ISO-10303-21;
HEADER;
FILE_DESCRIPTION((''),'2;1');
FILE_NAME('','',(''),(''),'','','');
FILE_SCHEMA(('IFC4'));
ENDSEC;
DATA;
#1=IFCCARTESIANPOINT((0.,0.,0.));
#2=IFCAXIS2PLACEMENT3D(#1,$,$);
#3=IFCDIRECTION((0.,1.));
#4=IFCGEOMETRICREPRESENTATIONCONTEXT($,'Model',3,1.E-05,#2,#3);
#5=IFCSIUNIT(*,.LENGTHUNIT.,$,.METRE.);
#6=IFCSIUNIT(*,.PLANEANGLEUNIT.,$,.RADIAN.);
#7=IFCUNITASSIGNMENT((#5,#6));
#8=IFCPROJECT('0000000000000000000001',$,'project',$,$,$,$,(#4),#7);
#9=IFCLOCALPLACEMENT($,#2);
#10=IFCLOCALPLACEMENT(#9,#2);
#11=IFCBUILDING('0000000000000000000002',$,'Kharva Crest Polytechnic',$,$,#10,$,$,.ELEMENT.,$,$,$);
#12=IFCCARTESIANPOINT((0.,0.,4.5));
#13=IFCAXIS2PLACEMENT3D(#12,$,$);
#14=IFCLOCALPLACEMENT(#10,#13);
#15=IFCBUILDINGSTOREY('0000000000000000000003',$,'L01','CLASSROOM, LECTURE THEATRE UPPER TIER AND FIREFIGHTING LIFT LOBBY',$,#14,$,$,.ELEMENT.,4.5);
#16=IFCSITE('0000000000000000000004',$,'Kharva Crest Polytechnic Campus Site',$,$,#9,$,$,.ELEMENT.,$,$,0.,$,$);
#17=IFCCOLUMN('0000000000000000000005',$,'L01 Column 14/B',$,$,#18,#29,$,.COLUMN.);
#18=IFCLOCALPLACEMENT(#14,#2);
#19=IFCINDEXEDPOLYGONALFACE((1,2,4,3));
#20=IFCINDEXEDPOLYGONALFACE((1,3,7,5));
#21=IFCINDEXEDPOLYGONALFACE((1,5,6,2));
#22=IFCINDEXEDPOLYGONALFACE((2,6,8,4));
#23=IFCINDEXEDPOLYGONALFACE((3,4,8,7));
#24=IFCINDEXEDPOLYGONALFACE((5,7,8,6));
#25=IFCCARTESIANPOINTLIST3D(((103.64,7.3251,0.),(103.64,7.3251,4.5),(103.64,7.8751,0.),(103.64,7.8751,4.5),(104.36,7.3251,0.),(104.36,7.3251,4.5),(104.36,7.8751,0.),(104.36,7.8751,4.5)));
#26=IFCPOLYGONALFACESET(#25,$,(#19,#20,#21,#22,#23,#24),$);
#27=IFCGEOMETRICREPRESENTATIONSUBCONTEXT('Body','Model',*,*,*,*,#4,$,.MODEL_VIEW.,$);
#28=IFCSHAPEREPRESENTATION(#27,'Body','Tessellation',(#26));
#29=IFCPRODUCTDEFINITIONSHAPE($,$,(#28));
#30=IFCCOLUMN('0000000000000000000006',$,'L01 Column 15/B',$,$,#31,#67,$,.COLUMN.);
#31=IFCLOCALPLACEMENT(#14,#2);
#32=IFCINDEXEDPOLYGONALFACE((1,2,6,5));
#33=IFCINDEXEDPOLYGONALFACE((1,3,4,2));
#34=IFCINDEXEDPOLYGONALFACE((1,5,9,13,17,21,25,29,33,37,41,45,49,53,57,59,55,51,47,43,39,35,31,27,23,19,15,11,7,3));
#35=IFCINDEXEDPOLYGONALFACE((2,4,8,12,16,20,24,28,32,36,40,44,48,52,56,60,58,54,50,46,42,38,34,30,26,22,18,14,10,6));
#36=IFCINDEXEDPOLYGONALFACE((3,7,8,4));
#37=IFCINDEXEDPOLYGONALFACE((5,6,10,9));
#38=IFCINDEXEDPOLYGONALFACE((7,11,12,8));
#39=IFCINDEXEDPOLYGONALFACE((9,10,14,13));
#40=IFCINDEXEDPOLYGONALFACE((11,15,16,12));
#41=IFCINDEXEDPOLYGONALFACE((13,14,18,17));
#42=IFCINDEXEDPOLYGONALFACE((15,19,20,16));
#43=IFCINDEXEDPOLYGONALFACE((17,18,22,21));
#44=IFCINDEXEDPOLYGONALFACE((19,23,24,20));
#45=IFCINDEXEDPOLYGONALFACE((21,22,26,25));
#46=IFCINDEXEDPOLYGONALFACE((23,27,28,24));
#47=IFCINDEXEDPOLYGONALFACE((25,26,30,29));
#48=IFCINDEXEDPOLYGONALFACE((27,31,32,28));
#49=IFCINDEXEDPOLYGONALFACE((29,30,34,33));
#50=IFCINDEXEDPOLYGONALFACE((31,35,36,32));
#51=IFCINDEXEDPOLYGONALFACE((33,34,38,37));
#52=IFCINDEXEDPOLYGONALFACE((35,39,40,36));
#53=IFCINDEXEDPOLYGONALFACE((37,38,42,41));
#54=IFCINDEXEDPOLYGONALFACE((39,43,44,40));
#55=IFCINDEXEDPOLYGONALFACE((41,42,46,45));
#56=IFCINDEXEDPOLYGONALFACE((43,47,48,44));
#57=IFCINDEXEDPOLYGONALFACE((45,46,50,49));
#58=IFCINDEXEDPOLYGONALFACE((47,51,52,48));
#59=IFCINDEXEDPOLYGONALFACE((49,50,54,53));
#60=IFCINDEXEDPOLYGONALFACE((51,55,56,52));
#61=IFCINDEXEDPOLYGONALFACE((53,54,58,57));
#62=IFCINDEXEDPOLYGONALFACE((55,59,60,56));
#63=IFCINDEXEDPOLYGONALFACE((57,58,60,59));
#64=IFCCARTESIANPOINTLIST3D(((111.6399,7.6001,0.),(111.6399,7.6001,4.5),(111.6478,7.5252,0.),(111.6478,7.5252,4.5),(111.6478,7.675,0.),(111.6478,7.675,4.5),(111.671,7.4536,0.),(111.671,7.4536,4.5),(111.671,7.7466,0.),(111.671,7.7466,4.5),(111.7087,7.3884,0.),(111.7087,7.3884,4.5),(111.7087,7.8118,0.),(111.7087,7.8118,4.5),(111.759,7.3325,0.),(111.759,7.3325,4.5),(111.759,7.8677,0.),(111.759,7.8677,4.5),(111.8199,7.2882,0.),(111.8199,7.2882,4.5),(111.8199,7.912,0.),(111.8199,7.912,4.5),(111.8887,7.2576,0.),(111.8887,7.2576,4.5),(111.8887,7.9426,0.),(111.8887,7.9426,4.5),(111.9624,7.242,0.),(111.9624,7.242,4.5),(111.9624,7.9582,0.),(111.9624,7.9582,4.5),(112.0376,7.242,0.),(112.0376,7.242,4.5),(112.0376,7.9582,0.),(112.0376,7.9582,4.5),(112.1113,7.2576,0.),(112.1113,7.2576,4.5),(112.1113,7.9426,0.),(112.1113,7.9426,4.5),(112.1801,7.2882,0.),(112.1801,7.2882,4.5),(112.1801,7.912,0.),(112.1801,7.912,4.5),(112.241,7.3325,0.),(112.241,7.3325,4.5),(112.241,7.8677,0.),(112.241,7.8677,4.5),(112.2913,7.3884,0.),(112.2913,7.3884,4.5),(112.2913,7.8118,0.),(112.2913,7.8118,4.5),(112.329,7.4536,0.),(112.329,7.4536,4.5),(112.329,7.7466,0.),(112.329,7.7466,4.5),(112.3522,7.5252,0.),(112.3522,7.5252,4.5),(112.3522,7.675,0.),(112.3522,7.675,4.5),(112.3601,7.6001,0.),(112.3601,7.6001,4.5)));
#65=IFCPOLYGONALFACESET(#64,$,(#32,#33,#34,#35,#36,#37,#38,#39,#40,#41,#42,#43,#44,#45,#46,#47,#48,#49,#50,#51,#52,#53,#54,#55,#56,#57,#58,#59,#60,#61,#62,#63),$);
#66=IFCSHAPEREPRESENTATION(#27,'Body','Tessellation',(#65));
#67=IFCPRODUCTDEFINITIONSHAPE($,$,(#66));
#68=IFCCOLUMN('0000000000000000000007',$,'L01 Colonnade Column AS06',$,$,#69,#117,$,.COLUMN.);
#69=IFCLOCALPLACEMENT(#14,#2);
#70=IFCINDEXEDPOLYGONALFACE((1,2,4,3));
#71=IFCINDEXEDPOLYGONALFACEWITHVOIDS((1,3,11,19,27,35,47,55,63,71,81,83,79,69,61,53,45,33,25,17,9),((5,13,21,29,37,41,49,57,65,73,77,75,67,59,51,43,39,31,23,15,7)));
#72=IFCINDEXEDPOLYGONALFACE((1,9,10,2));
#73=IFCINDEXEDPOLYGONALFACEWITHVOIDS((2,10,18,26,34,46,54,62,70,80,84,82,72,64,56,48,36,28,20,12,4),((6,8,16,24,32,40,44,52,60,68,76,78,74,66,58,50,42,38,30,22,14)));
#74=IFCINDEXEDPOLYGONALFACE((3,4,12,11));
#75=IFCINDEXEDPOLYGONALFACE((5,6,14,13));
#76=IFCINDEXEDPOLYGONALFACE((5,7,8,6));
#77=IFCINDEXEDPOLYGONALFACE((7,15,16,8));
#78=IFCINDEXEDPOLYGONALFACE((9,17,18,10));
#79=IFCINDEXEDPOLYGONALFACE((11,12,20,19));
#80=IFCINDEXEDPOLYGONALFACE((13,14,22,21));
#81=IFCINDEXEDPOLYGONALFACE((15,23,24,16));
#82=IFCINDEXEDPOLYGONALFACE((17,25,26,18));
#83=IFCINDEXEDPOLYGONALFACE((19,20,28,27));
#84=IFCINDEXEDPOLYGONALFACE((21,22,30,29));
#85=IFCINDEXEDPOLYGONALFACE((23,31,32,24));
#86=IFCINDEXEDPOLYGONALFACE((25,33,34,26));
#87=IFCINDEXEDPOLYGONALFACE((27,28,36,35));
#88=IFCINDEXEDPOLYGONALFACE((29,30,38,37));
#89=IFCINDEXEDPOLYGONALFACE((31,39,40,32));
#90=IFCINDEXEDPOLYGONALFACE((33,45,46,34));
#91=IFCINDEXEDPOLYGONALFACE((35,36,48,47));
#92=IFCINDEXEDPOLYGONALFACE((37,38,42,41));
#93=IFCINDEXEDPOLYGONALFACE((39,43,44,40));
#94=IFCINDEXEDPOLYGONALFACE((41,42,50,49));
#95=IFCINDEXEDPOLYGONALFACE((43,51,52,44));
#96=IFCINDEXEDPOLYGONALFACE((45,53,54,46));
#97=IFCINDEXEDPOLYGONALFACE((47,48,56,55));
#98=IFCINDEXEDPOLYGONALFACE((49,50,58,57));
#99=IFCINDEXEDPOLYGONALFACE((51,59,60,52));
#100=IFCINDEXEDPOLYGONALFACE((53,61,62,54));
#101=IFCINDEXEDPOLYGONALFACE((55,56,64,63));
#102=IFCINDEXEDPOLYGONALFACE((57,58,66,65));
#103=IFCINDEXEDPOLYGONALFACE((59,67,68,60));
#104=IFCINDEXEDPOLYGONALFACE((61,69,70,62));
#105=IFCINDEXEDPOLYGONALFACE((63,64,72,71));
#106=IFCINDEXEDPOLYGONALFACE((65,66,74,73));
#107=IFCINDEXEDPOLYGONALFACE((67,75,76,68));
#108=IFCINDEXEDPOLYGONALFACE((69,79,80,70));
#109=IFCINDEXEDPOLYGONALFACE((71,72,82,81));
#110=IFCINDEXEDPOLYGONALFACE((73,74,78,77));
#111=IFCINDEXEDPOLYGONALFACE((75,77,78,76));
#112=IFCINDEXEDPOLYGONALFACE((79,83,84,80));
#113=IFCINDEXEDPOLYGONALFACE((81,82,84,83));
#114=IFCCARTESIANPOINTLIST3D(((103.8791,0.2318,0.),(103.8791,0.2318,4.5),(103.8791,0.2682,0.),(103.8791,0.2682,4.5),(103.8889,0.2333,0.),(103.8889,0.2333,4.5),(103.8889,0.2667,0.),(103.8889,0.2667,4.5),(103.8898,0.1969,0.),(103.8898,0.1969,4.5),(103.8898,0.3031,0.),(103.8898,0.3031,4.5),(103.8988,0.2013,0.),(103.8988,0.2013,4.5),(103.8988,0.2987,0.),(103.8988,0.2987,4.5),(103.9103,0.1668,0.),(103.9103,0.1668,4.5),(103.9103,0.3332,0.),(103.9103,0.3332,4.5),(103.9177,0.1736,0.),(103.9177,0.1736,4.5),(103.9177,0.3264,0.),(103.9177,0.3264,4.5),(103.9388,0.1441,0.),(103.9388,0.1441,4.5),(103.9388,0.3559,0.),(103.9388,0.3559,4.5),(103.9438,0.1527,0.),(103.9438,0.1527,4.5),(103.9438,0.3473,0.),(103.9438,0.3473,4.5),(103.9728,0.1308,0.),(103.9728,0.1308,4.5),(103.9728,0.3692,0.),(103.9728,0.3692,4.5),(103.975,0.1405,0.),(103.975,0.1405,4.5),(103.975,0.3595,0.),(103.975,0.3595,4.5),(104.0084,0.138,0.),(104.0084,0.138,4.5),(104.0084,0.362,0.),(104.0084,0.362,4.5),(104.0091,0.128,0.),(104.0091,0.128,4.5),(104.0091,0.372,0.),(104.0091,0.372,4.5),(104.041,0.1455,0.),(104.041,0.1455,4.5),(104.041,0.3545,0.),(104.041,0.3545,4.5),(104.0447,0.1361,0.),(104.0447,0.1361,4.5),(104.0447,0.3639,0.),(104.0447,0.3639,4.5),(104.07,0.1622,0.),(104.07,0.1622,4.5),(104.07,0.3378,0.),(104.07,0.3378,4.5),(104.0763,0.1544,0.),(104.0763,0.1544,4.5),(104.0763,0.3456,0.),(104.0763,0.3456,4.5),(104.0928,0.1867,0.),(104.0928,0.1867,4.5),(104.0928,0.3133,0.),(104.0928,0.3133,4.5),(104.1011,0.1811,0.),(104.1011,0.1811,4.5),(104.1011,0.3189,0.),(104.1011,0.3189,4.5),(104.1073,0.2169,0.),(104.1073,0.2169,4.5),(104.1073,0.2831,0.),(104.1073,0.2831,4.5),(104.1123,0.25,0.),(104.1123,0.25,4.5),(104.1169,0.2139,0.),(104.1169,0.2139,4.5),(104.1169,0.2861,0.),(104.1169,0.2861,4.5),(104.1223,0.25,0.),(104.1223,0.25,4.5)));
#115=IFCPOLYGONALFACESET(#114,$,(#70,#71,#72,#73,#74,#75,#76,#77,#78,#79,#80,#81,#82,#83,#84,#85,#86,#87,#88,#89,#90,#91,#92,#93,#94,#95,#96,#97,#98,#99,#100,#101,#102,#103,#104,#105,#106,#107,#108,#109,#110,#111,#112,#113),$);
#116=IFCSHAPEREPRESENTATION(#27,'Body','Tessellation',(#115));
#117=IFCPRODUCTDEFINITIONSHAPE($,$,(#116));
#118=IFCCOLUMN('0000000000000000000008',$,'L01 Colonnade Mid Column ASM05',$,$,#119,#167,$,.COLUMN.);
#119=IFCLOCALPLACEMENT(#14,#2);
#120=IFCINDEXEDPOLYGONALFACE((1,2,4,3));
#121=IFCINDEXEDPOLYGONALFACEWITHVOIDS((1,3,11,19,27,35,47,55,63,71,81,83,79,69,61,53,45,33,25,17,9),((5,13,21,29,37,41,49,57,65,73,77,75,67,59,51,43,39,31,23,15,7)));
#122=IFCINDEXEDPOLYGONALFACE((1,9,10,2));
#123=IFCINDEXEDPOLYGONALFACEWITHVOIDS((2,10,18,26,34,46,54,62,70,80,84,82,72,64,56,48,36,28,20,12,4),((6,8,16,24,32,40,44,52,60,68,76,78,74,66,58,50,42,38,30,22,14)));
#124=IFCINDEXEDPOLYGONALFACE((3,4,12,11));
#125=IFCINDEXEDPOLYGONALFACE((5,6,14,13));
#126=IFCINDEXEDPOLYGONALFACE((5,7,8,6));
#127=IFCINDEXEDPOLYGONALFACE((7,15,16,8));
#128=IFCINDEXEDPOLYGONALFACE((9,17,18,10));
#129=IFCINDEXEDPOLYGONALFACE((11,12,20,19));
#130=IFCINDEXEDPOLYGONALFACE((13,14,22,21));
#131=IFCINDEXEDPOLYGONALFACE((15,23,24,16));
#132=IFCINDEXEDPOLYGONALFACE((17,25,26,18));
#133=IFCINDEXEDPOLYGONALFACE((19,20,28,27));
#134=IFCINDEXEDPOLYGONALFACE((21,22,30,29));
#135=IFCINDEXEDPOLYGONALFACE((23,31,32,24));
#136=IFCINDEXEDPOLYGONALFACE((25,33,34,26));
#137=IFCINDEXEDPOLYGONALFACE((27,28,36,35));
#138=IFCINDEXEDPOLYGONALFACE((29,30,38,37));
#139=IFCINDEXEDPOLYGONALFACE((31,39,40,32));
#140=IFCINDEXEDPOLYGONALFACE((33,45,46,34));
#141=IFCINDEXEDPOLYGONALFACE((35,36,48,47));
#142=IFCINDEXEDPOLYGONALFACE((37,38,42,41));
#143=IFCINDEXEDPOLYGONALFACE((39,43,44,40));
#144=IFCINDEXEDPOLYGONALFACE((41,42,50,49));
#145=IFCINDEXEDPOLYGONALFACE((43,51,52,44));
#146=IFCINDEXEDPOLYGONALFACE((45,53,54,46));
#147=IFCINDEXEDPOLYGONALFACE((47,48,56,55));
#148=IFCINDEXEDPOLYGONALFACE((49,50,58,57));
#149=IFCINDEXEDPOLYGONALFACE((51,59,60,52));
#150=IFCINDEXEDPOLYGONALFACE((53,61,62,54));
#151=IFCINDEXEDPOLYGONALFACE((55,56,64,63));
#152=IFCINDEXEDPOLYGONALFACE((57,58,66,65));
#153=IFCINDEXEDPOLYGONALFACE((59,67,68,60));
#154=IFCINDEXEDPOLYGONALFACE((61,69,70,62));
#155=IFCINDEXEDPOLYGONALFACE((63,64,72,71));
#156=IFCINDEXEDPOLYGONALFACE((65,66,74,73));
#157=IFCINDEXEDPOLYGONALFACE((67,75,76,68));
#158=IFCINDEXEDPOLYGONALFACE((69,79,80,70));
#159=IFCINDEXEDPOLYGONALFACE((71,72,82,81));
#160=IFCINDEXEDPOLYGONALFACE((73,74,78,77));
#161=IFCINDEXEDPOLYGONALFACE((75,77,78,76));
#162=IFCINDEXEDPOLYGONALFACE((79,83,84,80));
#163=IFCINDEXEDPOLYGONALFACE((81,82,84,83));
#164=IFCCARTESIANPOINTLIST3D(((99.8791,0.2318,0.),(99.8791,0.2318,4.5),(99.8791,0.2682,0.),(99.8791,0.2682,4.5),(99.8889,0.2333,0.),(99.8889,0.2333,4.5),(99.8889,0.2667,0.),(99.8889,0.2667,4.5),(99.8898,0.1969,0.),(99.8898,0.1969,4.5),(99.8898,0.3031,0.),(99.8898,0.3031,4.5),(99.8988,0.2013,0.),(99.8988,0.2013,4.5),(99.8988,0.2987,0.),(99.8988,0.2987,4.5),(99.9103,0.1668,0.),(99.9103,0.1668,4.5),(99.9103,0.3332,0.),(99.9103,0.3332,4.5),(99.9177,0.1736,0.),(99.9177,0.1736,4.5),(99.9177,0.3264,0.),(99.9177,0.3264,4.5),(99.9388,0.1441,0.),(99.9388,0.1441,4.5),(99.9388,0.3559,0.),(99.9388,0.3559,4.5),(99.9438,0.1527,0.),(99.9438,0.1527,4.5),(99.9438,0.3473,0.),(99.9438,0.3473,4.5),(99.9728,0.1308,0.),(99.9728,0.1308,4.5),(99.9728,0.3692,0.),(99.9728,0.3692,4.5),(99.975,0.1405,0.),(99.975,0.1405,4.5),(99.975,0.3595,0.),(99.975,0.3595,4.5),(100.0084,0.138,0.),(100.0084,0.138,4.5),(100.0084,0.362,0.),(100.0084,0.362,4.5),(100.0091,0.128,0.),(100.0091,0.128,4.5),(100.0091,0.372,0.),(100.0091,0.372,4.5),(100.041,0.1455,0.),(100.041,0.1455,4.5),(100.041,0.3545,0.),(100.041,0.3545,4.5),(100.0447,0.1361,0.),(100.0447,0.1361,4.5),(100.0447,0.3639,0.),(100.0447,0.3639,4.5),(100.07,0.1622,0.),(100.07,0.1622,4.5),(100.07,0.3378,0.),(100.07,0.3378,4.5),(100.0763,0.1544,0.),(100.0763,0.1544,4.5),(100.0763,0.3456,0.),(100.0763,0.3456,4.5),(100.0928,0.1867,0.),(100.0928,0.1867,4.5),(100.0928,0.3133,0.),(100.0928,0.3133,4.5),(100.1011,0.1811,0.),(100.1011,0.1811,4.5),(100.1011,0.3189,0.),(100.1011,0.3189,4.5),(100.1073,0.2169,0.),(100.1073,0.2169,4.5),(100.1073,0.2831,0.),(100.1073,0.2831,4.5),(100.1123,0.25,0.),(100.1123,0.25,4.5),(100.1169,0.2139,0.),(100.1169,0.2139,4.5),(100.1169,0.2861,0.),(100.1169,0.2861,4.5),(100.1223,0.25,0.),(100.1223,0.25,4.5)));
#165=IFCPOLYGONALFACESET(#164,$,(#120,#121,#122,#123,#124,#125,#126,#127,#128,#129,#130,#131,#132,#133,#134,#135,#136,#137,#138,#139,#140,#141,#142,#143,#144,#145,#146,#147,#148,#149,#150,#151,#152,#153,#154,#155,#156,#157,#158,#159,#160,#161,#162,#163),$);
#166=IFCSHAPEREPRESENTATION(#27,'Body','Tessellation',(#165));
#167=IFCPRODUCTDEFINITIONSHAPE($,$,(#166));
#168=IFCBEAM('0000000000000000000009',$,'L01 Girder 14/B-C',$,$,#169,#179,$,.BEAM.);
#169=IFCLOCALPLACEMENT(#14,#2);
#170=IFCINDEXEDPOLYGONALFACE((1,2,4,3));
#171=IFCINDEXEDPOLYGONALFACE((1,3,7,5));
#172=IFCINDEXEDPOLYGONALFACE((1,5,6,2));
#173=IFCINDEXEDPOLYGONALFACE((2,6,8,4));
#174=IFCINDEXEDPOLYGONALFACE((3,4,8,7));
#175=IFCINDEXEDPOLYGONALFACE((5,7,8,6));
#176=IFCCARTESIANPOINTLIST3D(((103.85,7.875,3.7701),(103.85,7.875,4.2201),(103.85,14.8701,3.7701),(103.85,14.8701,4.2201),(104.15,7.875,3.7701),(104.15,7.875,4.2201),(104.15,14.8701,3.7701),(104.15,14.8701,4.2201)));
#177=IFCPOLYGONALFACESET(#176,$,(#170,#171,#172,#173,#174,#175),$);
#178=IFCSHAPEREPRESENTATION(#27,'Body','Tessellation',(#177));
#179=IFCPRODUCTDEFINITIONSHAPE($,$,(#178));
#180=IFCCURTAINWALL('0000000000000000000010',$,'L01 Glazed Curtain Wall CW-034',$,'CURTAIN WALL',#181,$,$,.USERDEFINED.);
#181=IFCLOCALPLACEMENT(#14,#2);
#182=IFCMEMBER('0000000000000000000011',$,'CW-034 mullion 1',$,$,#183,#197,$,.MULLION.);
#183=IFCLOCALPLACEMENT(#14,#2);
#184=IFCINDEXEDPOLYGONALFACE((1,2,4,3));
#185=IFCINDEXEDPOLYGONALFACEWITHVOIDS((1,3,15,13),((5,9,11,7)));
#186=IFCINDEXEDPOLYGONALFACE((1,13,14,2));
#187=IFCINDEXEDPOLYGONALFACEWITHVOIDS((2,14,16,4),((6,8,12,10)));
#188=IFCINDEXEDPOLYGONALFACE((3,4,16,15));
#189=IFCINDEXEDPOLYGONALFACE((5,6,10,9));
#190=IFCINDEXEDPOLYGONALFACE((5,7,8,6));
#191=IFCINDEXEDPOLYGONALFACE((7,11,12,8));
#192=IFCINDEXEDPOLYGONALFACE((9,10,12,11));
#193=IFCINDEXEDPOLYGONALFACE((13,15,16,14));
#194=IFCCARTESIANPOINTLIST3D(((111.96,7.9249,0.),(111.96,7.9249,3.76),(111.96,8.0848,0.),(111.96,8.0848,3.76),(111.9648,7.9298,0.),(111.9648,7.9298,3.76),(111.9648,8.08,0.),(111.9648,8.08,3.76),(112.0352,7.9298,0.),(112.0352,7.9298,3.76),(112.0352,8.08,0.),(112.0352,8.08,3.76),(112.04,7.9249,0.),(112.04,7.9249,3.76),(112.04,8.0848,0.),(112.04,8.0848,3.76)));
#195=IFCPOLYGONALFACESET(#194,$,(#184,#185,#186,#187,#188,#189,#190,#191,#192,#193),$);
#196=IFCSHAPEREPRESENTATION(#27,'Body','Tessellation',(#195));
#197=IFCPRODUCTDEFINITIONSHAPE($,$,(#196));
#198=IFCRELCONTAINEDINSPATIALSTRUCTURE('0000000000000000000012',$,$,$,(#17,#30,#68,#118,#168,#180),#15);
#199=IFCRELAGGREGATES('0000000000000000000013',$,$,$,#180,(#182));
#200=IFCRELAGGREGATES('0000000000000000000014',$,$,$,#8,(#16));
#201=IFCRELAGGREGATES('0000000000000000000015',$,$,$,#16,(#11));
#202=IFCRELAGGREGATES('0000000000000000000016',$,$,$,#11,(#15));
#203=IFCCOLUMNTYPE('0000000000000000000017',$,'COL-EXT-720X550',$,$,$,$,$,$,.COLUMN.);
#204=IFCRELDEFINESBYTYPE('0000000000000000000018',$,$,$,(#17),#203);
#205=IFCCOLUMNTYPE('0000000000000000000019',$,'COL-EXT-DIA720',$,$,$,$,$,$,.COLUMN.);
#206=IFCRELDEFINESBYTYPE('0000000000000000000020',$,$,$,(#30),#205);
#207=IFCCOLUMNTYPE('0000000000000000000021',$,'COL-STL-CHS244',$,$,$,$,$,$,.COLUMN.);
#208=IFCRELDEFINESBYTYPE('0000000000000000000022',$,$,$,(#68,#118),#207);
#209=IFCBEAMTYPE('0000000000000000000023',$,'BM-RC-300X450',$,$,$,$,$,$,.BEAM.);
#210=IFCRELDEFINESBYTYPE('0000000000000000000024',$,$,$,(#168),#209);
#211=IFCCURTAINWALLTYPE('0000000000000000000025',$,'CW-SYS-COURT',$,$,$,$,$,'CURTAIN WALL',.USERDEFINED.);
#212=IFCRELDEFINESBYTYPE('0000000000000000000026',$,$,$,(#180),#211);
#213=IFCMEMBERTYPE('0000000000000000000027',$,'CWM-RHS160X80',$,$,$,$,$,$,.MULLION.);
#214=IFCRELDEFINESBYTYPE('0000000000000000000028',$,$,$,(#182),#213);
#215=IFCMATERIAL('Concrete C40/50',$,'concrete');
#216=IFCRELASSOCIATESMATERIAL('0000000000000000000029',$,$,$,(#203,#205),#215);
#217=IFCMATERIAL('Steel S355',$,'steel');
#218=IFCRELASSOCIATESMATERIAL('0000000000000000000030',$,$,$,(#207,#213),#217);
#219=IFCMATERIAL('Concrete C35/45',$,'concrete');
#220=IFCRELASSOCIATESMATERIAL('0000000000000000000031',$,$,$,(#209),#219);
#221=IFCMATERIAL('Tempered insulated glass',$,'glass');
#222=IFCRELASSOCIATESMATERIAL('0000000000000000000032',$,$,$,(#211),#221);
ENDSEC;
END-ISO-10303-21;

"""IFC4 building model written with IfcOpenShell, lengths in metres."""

from ifc_helpers import new_model, si_unit, direction, frame, origin, origin_2d, place, context, subcontext, project, spatial, rectangle, hollow_rectangle, circle, hollow_circle, extrude, material, material_profile, profile_set, type_object, element, aggregate, save


model = new_model("IFC4")

# Units and contexts
model_context = context("Model", 3, precision=1e-05, world=origin(), true_north=direction((0.0, 1.0)))
body_context = subcontext(model_context, "Body", "Model", "MODEL_VIEW")
ifc_project = project(units=[si_unit("LENGTHUNIT", "METRE"), si_unit("PLANEANGLEUNIT", "RADIAN")], contexts=[model_context])

# Site, building, storey
site_placement = place(None, origin())
site = spatial("IfcSite", under=ifc_project, at=site_placement, Name="Kharva Crest Polytechnic Campus Site", CompositionType="ELEMENT", RefElevation=0.0)
building_placement = place(site_placement, origin())
building = spatial("IfcBuilding", under=site, at=building_placement, Name="Kharva Crest Polytechnic", CompositionType="ELEMENT")
storey_placement = place(building_placement, frame((0.0, 0.0, 4.5)))
storey = spatial("IfcBuildingStorey", under=building, at=storey_placement, Name="L01", Description="CLASSROOM, LECTURE THEATRE UPPER TIER AND FIREFIGHTING LIFT LOBBY", CompositionType="ELEMENT", Elevation=4.5)

# Columns
ifc_material_1 = material(Name="Concrete C40/50", Category="concrete")
ifc_material_profile_1 = material_profile(ifc_material_1, rectangle(XDim=0.72, YDim=0.55, at=origin_2d()), Name="RECT 720 X 550")
ifc_profile_set_1 = profile_set([ifc_material_profile_1], Name="Concrete C40/50")
column_type_1 = type_object("IfcColumnType", Name="COL-EXT-720X550", PredefinedType="COLUMN", material=ifc_profile_set_1)
column_1_placement = place(storey_placement, frame((104.0, 7.6001, 0.0), z_axis=(0.0, 0.0, 1.0), x_axis=(1.0, 0.0, 0.0)))
element("IfcColumn", 1, at=column_1_placement, inside=storey, type_object=column_type_1, Name="L01 Column 14/B", PredefinedType="COLUMN", context=body_context, shape_type="SweptSolid", body=[
    extrude(rectangle(XDim=0.72, YDim=0.55, at=origin_2d()), origin(), (0.0, 0.0, 1.0), 4.5),
])
ifc_material_profile_2 = material_profile(ifc_material_1, circle(Radius=0.3601, at=origin_2d()), Name="DIA 720")
ifc_profile_set_2 = profile_set([ifc_material_profile_2], Name="Concrete C40/50")
column_type_2 = type_object("IfcColumnType", Name="COL-EXT-DIA720", PredefinedType="COLUMN", material=ifc_profile_set_2)
column_2_placement = place(storey_placement, frame((112.0, 7.6001, 0.0), z_axis=(0.0, 0.0, 1.0), x_axis=(1.0, 0.0, 0.0)))
element("IfcColumn", 2, at=column_2_placement, inside=storey, type_object=column_type_2, Name="L01 Column 15/B", PredefinedType="COLUMN", context=body_context, shape_type="SweptSolid", body=[
    extrude(circle(Radius=0.3601, at=origin_2d()), origin(), (0.0, 0.0, 1.0), 4.5),
])
ifc_material_2 = material(Name="Steel S355", Category="steel")
ifc_material_profile_3 = material_profile(ifc_material_2, hollow_circle(Radius=0.1223, WallThickness=0.01, at=origin_2d()), Name="CHS 244.5X10.0")
ifc_profile_set_3 = profile_set([ifc_material_profile_3], Name="Steel S355")
column_type_3 = type_object("IfcColumnType", Name="COL-STL-CHS244", PredefinedType="COLUMN", material=ifc_profile_set_3)
for number, where, z_axis, x_axis, name in (
    (3, (104.0, 0.25, 0.0), (0.0, 0.0, 1.0), (1.0, 0.0, 0.0), "L01 Colonnade Column AS06"),
    (4, (100.0, 0.25, 0.0), (0.0, 0.0, 1.0), (1.0, 0.0, 0.0), "L01 Colonnade Mid Column ASM05"),
):
    element("IfcColumn", number, at=place(storey_placement, frame(where, z_axis=z_axis, x_axis=x_axis)), inside=storey, type_object=column_type_3, Name=name, PredefinedType="COLUMN", context=body_context, shape_type="SweptSolid", body=[
        extrude(hollow_circle(Radius=0.1223, WallThickness=0.01, at=origin_2d()), origin(), (0.0, 0.0, 1.0), 4.5),
    ])

# Beam
ifc_material_3 = material(Name="Concrete C35/45", Category="concrete")
ifc_material_profile_4 = material_profile(ifc_material_3, rectangle(XDim=0.3, YDim=0.45, at=origin_2d()), Name="RECT 300 X 450")
ifc_profile_set_4 = profile_set([ifc_material_profile_4], Name="Concrete C35/45")
beam_type_1 = type_object("IfcBeamType", Name="BM-RC-300X450", PredefinedType="BEAM", material=ifc_profile_set_4)
beam_1_placement = place(storey_placement, frame((104.0, 7.875, 3.9951), z_axis=(0.0, 1.0, 0.0), x_axis=(-1.0, 0.0, 0.0)))
element("IfcBeam", 5, at=beam_1_placement, inside=storey, type_object=beam_type_1, Name="L01 Girder 14/B-C", PredefinedType="BEAM", context=body_context, shape_type="SweptSolid", body=[
    extrude(rectangle(XDim=0.3, YDim=0.45, at=origin_2d()), origin(), (0.0, 0.0, 1.0), 6.9951),
])

# Curtain wall, member
ifc_material_4 = material(Name="Tempered insulated glass", Category="glass")
curtain_wall_type = type_object("IfcCurtainWallType", Name="CW-SYS-COURT", ElementType="CURTAIN WALL", PredefinedType="USERDEFINED", material=ifc_material_4)
curtain_wall_placement = place(storey_placement, origin())
curtain_wall = element("IfcCurtainWall", 6, at=curtain_wall_placement, inside=storey, type_object=curtain_wall_type, Name="L01 Glazed Curtain Wall CW-034", ObjectType="CURTAIN WALL", PredefinedType="USERDEFINED")
ifc_material_profile_5 = material_profile(ifc_material_2, hollow_rectangle(XDim=0.0801, YDim=0.1599, WallThickness=0.0049, at=origin_2d()), Name="RHS 160X80X5.0")
ifc_profile_set_5 = profile_set([ifc_material_profile_5], Name="Steel S355")
member_type_1 = type_object("IfcMemberType", Name="CWM-RHS160X80", PredefinedType="MULLION", material=ifc_profile_set_5)
member_1_placement = place(storey_placement, frame((112.0, 8.0049, 0.0), z_axis=(0.0, 0.0, 1.0), x_axis=(-1.0, 0.0, 0.0)))
member_1 = element("IfcMember", 7, at=member_1_placement, type_object=member_type_1, Name="CW-034 mullion 1", PredefinedType="MULLION", context=body_context, shape_type="SweptSolid", body=[
    extrude(hollow_rectangle(XDim=0.0801, YDim=0.1599, WallThickness=0.0049, at=origin_2d()), origin(), (0.0, 0.0, 1.0), 3.76),
])

aggregate(curtain_wall, [member_1])

save(model, "model.ifc")
